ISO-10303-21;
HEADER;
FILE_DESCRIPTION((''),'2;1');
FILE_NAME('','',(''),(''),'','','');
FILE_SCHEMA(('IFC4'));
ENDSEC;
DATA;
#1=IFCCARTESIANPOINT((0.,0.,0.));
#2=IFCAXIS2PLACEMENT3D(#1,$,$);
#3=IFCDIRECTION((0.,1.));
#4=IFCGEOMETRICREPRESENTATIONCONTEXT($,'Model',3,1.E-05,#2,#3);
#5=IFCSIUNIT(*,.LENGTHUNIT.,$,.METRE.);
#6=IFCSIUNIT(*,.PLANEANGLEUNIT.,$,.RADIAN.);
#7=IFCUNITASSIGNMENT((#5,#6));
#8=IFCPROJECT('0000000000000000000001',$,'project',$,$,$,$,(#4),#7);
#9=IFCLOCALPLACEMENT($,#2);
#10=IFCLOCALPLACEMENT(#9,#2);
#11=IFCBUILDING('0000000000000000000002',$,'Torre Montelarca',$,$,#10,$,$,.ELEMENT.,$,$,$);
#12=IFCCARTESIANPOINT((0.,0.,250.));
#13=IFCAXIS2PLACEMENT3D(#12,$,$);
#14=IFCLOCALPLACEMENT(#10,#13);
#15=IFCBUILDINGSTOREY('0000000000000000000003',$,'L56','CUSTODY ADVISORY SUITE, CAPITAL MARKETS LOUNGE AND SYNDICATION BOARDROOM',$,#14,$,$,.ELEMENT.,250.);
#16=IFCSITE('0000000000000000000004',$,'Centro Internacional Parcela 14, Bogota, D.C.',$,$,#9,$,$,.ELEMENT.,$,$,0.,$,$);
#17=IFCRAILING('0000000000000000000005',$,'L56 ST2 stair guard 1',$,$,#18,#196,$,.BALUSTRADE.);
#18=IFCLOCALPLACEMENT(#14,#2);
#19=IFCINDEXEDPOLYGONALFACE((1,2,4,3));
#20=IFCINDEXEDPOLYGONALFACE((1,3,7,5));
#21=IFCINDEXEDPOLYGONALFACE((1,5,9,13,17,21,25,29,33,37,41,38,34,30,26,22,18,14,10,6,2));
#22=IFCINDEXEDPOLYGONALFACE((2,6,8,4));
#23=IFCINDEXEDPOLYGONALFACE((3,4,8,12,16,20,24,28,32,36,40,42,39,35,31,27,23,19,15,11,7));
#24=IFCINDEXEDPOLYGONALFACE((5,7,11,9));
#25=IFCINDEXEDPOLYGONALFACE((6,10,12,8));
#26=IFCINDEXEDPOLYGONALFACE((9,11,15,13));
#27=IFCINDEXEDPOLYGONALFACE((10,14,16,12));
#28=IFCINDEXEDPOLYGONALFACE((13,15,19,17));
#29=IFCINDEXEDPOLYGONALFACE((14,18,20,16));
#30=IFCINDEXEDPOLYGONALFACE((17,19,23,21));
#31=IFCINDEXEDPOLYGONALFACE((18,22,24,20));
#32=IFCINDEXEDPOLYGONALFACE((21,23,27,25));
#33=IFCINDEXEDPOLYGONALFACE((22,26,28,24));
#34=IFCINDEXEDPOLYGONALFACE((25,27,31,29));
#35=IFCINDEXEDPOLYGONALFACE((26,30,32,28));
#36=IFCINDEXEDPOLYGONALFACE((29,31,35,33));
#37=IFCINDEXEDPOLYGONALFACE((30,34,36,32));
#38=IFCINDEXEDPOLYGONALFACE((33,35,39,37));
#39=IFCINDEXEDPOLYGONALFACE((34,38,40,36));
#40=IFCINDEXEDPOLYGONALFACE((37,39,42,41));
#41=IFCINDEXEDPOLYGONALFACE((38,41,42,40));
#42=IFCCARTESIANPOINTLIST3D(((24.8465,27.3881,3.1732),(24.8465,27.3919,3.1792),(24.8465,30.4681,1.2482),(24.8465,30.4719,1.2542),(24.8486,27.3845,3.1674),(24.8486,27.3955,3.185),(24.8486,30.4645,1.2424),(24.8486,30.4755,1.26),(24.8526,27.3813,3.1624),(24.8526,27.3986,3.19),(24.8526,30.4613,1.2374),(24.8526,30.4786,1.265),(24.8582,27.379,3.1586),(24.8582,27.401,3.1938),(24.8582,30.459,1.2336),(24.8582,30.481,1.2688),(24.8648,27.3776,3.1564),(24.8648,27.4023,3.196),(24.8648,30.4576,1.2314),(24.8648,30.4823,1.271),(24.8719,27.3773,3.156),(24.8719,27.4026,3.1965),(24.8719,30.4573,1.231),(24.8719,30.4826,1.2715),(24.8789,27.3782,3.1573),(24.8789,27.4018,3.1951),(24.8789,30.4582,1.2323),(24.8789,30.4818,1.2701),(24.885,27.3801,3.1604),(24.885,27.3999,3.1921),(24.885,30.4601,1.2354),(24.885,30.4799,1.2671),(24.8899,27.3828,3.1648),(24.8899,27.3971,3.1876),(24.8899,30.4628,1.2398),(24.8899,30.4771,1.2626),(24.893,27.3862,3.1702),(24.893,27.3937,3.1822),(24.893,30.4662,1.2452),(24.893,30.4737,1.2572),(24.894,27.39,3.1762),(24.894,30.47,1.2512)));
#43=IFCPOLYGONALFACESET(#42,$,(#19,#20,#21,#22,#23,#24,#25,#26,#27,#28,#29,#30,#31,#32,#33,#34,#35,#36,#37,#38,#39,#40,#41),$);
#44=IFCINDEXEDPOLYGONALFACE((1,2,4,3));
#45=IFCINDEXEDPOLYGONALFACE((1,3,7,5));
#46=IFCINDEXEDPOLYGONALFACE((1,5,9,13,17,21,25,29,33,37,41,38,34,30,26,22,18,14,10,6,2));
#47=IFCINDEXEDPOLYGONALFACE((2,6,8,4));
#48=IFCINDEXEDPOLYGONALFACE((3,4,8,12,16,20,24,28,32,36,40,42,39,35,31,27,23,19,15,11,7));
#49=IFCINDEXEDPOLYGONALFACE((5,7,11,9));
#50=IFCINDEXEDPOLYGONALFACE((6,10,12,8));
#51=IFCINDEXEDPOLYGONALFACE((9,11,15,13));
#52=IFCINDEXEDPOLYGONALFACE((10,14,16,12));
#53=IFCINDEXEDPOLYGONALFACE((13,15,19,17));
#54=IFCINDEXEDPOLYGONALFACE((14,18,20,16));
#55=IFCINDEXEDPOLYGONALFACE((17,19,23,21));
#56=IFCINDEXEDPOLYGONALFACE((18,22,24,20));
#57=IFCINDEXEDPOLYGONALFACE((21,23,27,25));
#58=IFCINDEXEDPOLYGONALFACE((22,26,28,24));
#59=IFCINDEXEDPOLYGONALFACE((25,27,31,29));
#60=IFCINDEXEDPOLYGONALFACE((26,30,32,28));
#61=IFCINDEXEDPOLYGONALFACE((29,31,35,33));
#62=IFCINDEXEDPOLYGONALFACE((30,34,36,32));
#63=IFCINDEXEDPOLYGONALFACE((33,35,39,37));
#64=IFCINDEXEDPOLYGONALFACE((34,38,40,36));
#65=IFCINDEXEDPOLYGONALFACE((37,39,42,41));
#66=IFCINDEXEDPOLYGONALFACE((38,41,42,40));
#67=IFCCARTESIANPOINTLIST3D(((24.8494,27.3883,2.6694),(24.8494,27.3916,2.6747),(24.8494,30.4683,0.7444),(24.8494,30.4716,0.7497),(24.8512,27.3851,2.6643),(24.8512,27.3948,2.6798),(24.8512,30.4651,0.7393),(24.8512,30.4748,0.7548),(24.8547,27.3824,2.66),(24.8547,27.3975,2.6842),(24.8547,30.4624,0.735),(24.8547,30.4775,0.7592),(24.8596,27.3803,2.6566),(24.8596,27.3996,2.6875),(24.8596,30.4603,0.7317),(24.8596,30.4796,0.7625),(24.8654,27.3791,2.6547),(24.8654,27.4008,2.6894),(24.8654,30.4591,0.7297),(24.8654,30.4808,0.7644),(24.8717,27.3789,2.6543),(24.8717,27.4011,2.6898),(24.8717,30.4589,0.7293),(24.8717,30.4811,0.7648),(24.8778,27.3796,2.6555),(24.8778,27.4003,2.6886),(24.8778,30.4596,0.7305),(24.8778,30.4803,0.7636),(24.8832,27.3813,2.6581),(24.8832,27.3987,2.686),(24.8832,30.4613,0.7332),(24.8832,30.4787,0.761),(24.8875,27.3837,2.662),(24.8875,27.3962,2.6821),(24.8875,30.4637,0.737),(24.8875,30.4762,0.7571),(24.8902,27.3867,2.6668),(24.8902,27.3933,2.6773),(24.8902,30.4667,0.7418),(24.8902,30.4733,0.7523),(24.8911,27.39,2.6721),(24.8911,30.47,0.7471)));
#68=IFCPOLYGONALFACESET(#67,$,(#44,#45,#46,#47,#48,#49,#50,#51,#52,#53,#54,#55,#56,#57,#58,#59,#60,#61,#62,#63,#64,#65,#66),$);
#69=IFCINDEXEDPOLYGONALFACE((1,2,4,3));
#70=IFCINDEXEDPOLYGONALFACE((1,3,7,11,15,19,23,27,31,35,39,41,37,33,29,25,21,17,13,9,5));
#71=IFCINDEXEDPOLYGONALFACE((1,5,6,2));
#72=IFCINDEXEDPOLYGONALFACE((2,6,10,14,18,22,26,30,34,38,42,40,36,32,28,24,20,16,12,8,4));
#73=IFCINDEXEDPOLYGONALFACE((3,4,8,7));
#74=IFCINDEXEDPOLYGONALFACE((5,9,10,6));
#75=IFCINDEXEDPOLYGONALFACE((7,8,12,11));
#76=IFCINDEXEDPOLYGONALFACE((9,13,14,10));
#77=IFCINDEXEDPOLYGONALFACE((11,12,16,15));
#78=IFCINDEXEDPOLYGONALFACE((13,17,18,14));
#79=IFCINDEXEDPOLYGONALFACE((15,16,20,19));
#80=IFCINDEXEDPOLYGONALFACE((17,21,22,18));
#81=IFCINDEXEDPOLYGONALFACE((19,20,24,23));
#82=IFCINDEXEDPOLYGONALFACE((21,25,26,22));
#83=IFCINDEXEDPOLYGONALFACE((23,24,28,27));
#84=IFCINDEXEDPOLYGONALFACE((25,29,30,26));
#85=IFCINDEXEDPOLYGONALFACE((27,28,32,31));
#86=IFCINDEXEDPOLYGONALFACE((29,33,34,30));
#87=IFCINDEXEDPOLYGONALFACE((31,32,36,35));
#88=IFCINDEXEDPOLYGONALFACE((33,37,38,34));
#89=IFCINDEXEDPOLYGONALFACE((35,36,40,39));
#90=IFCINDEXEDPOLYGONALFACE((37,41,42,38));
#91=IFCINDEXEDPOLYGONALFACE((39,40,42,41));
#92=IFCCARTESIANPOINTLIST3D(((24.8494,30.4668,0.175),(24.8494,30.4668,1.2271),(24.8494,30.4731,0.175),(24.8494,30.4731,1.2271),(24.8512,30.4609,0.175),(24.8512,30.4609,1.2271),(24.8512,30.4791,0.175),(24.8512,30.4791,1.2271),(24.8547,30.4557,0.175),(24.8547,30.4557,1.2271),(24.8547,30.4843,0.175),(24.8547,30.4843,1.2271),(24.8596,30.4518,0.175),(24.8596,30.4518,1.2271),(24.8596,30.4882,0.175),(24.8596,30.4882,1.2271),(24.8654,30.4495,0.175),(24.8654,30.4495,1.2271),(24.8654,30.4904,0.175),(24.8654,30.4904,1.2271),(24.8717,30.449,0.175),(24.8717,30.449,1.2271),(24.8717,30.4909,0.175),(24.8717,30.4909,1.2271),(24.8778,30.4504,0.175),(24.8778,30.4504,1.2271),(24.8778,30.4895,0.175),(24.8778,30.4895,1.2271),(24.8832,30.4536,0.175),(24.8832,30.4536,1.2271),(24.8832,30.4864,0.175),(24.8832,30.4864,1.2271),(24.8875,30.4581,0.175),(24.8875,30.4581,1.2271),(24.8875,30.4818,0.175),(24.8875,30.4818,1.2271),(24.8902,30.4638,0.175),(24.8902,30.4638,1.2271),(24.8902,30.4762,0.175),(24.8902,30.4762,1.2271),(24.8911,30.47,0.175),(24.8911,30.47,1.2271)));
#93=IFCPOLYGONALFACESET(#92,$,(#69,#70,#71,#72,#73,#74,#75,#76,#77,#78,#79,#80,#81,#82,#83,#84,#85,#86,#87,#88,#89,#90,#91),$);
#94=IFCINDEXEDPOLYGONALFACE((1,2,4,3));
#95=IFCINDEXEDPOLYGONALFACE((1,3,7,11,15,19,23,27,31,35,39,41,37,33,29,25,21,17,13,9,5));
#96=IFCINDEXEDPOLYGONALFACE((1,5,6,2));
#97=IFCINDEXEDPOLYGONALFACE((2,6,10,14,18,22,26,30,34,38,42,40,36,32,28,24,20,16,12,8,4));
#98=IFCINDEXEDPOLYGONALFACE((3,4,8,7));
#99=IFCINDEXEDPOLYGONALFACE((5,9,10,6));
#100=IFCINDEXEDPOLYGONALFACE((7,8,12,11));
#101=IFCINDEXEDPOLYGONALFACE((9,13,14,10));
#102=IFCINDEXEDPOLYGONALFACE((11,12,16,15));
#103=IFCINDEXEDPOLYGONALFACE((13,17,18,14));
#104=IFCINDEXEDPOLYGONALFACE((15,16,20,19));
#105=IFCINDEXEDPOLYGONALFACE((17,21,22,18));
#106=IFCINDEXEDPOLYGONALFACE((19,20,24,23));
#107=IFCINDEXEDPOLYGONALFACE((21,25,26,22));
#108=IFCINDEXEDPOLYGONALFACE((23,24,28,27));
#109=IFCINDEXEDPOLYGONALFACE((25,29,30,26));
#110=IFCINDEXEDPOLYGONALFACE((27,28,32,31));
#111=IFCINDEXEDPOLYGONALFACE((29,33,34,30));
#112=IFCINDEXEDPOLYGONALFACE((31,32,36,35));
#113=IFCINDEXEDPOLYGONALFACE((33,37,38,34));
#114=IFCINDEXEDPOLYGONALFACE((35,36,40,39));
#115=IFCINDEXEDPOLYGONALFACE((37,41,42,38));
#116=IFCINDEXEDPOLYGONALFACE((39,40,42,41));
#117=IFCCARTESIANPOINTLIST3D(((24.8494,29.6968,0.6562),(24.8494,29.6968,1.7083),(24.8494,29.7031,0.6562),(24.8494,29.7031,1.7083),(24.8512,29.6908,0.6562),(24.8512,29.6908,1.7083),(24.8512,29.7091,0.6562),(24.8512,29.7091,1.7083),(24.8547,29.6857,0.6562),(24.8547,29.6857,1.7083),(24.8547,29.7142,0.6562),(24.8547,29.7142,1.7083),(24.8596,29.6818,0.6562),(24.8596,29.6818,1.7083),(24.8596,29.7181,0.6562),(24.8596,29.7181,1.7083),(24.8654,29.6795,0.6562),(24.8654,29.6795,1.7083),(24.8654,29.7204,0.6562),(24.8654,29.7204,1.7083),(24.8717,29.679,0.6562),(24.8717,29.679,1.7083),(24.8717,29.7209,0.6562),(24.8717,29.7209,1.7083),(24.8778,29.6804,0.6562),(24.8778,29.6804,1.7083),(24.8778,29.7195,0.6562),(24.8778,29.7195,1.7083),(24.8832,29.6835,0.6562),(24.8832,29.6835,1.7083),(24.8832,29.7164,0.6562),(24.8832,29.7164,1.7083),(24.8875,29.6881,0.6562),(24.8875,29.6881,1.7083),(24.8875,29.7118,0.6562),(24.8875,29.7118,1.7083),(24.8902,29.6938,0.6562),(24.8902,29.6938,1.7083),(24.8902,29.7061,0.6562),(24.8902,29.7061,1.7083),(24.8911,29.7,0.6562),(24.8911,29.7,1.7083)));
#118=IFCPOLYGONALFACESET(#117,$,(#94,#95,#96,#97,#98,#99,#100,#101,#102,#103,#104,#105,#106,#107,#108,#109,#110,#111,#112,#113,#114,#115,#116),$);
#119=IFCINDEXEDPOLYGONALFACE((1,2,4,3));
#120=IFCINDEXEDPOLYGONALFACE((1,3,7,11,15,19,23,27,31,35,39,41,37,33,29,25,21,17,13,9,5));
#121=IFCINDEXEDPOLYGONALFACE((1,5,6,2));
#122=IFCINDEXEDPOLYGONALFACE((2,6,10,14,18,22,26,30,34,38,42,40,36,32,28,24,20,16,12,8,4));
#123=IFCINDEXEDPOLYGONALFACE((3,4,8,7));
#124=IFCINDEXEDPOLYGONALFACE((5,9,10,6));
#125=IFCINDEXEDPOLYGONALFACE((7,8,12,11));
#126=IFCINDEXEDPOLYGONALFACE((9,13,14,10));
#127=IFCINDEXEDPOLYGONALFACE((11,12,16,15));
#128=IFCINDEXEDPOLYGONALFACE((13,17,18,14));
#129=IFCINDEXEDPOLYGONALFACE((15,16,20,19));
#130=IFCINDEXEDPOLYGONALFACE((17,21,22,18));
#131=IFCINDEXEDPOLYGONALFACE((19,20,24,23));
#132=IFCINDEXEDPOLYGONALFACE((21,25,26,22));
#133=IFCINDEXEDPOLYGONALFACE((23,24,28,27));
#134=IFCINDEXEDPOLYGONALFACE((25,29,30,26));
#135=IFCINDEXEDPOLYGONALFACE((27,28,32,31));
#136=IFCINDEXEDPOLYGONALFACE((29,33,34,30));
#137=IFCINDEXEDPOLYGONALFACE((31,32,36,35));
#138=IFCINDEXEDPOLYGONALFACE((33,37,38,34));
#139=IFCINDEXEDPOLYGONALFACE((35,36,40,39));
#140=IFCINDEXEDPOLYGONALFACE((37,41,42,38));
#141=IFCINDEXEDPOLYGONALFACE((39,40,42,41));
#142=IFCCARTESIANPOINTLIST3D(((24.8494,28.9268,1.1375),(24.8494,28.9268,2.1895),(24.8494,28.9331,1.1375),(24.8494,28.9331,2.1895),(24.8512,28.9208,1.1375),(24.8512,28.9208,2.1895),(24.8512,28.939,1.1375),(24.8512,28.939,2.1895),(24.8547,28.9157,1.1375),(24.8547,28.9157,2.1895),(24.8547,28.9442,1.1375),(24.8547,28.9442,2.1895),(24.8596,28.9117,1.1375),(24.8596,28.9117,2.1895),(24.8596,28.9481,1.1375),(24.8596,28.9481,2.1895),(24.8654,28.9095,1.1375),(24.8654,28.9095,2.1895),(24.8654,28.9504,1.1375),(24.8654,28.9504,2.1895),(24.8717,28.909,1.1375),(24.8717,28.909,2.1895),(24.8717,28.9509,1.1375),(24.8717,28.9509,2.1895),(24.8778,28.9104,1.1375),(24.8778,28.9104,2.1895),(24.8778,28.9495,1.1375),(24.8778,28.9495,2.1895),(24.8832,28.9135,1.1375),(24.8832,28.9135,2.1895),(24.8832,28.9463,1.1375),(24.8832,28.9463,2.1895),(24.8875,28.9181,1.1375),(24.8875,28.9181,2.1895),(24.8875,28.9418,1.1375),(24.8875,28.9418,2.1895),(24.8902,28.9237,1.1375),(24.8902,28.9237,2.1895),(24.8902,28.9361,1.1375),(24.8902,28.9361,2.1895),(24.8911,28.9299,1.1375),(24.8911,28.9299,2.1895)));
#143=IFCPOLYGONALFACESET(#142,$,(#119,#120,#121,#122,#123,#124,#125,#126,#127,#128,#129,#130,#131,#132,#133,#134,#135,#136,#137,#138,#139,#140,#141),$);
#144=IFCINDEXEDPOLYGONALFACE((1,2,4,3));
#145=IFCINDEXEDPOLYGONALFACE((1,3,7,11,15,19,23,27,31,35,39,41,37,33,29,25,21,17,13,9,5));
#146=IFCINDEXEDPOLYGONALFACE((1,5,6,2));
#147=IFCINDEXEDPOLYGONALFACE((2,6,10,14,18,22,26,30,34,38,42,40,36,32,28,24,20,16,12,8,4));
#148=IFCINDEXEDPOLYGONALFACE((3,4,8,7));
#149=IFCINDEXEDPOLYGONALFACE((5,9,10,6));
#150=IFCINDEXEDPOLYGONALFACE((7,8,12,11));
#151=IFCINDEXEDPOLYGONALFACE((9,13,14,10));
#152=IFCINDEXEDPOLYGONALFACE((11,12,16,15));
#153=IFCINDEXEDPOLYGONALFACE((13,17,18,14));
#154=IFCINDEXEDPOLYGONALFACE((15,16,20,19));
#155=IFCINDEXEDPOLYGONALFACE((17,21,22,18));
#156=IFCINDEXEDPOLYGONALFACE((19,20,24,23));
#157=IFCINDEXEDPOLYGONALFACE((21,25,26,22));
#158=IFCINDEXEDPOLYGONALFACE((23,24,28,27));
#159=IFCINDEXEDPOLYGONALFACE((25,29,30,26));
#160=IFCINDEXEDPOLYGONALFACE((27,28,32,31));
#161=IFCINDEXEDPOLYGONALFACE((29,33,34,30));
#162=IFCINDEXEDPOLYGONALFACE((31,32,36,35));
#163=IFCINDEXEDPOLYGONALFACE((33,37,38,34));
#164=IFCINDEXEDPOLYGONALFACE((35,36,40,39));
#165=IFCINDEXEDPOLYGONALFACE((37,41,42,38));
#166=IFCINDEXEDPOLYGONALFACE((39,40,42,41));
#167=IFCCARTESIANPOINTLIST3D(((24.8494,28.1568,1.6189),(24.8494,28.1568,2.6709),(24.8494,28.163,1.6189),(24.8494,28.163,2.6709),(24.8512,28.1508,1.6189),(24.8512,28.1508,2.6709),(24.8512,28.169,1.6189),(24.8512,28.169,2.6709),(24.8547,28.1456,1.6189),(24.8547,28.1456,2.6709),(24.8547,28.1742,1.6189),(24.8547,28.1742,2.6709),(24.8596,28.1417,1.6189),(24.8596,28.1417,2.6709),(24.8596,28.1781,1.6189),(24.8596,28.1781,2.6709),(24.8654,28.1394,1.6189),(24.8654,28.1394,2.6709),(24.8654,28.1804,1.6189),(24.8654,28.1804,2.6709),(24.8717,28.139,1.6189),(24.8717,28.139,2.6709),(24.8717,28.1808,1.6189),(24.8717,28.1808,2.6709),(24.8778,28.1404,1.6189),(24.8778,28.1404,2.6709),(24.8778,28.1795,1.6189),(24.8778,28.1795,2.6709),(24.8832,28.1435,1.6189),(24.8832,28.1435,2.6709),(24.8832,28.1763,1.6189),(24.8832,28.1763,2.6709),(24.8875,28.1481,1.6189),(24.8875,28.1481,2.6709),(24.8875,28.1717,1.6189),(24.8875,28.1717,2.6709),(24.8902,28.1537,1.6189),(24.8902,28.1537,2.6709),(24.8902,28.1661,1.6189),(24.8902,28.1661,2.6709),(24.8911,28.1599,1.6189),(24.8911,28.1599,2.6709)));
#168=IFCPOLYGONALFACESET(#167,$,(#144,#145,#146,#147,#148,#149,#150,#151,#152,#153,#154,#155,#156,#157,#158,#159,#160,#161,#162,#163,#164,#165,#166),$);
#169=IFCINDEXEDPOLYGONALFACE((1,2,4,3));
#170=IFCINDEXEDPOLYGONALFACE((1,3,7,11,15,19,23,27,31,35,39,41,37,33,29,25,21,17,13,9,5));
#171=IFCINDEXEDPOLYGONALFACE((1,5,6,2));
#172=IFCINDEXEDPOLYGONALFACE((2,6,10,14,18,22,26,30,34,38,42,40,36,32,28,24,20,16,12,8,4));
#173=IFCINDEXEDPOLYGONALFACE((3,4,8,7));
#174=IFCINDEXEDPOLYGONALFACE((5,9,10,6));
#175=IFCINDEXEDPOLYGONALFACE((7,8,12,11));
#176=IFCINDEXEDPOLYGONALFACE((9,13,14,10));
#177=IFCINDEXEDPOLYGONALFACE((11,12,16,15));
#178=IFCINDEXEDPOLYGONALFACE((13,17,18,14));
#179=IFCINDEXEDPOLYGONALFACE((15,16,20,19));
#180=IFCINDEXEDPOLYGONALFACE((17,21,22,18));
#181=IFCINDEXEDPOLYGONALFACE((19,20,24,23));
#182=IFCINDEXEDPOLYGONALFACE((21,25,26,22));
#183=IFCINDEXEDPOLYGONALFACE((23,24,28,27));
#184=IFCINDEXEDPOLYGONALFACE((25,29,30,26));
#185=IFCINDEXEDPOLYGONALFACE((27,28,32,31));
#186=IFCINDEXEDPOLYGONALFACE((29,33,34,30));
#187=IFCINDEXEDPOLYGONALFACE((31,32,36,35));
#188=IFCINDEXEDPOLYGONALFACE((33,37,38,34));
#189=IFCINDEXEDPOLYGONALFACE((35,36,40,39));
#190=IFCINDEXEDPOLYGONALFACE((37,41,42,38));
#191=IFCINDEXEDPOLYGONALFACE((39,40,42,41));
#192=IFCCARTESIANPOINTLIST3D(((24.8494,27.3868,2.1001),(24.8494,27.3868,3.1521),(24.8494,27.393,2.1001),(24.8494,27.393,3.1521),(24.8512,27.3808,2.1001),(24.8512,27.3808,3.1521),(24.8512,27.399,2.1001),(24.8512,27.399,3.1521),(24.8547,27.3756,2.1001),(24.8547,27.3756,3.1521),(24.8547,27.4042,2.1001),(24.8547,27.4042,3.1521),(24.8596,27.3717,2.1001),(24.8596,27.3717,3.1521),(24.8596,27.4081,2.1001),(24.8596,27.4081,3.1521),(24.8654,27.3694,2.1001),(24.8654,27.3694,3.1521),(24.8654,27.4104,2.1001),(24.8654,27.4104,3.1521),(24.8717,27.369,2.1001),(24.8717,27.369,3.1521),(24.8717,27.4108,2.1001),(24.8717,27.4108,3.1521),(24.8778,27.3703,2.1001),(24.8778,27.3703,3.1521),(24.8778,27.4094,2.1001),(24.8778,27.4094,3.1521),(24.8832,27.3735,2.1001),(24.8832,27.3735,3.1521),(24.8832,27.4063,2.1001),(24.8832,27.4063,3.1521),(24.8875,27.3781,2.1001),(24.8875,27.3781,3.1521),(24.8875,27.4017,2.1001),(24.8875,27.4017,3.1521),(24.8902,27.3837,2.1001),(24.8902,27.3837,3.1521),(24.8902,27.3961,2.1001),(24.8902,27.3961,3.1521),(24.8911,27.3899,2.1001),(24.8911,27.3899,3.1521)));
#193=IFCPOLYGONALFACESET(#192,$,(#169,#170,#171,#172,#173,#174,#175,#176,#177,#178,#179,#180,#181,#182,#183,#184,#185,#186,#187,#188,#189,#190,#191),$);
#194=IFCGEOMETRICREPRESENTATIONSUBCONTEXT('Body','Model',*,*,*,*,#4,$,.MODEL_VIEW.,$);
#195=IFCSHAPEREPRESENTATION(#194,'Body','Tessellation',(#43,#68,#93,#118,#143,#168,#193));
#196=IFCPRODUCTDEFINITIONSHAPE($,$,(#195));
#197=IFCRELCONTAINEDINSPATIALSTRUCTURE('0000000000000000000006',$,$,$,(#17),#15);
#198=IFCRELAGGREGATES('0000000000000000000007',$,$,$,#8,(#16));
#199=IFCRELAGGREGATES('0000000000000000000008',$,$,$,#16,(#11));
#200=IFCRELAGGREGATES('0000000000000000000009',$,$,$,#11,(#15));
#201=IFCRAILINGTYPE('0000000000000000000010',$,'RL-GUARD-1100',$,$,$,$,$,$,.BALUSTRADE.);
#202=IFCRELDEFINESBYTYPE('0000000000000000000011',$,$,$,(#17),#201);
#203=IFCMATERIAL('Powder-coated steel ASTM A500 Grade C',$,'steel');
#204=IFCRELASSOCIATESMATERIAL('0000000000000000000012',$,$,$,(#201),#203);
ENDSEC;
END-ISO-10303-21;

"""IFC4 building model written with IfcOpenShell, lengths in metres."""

from ifc_helpers import new_model, si_unit, direction, frame, origin, origin_2d, place, context, subcontext, project, spatial, circle, extrude, material, type_object, element, save


model = new_model("IFC4")

# Units and contexts
model_context = context("Model", 3, precision=1e-05, world=origin(), true_north=direction((0.0, 1.0)))
body_context = subcontext(model_context, "Body", "Model", "MODEL_VIEW")
ifc_project = project(units=[si_unit("LENGTHUNIT", "METRE"), si_unit("PLANEANGLEUNIT", "RADIAN")], contexts=[model_context])

# Site, building, storey
site_placement = place(None, origin())
site = spatial("IfcSite", under=ifc_project, at=site_placement, Name="Centro Internacional Parcela 14, Bogota, D.C.", CompositionType="ELEMENT", RefElevation=0.0)
building_placement = place(site_placement, origin())
building = spatial("IfcBuilding", under=site, at=building_placement, Name="Torre Montelarca", CompositionType="ELEMENT")
storey_placement = place(building_placement, frame((0.0, 0.0, 250.0)))
storey = spatial("IfcBuildingStorey", under=building, at=storey_placement, Name="L56", Description="CUSTODY ADVISORY SUITE, CAPITAL MARKETS LOUNGE AND SYNDICATION BOARDROOM", CompositionType="ELEMENT", Elevation=250.0)

# Railing
ifc_material_1 = material(Name="Powder-coated steel ASTM A500 Grade C", Category="steel")
railing_type_1 = type_object("IfcRailingType", Name="RL-GUARD-1100", PredefinedType="BALUSTRADE", material=ifc_material_1)
railing_1_placement = place(storey_placement, frame((24.8701, 30.47, 0.175)))
element("IfcRailing", 1, at=railing_1_placement, inside=storey, type_object=railing_type_1, Name="L56 ST2 stair guard 1", PredefinedType="BALUSTRADE", context=body_context, shape_type="SweptSolid", body=[
    extrude(circle(Radius=0.0239, at=origin_2d()), frame((0.0, 0.0, 1.0762), z_axis=(0.0, -0.847998, 0.529999), x_axis=(1.0, 0.0, 0.0)), (0.0, 0.0, 1.0), 3.6321),
    extrude(circle(Radius=0.021, at=origin_2d()), frame((0.0, 0.0, 0.572), z_axis=(0.0, -0.847998, 0.529999), x_axis=(1.0, 0.0, 0.0)), (0.0, 0.0, 1.0), 3.6321),
    extrude(circle(Radius=0.021, at=origin_2d()), origin(), (0.0, 0.0, 1.0), 1.052),
    extrude(circle(Radius=0.021, at=origin_2d()), frame((0.0, -0.77, 0.4812)), (0.0, 0.0, 1.0), 1.052),
    extrude(circle(Radius=0.021, at=origin_2d()), frame((0.0, -1.54, 0.9624)), (0.0, 0.0, 1.0), 1.052),
    extrude(circle(Radius=0.021, at=origin_2d()), frame((0.0, -2.3101, 1.4438)), (0.0, 0.0, 1.0), 1.052),
    extrude(circle(Radius=0.021, at=origin_2d()), frame((0.0, -3.0801, 1.925)), (0.0, 0.0, 1.0), 1.052),
])

save(model, "model.ifc")
